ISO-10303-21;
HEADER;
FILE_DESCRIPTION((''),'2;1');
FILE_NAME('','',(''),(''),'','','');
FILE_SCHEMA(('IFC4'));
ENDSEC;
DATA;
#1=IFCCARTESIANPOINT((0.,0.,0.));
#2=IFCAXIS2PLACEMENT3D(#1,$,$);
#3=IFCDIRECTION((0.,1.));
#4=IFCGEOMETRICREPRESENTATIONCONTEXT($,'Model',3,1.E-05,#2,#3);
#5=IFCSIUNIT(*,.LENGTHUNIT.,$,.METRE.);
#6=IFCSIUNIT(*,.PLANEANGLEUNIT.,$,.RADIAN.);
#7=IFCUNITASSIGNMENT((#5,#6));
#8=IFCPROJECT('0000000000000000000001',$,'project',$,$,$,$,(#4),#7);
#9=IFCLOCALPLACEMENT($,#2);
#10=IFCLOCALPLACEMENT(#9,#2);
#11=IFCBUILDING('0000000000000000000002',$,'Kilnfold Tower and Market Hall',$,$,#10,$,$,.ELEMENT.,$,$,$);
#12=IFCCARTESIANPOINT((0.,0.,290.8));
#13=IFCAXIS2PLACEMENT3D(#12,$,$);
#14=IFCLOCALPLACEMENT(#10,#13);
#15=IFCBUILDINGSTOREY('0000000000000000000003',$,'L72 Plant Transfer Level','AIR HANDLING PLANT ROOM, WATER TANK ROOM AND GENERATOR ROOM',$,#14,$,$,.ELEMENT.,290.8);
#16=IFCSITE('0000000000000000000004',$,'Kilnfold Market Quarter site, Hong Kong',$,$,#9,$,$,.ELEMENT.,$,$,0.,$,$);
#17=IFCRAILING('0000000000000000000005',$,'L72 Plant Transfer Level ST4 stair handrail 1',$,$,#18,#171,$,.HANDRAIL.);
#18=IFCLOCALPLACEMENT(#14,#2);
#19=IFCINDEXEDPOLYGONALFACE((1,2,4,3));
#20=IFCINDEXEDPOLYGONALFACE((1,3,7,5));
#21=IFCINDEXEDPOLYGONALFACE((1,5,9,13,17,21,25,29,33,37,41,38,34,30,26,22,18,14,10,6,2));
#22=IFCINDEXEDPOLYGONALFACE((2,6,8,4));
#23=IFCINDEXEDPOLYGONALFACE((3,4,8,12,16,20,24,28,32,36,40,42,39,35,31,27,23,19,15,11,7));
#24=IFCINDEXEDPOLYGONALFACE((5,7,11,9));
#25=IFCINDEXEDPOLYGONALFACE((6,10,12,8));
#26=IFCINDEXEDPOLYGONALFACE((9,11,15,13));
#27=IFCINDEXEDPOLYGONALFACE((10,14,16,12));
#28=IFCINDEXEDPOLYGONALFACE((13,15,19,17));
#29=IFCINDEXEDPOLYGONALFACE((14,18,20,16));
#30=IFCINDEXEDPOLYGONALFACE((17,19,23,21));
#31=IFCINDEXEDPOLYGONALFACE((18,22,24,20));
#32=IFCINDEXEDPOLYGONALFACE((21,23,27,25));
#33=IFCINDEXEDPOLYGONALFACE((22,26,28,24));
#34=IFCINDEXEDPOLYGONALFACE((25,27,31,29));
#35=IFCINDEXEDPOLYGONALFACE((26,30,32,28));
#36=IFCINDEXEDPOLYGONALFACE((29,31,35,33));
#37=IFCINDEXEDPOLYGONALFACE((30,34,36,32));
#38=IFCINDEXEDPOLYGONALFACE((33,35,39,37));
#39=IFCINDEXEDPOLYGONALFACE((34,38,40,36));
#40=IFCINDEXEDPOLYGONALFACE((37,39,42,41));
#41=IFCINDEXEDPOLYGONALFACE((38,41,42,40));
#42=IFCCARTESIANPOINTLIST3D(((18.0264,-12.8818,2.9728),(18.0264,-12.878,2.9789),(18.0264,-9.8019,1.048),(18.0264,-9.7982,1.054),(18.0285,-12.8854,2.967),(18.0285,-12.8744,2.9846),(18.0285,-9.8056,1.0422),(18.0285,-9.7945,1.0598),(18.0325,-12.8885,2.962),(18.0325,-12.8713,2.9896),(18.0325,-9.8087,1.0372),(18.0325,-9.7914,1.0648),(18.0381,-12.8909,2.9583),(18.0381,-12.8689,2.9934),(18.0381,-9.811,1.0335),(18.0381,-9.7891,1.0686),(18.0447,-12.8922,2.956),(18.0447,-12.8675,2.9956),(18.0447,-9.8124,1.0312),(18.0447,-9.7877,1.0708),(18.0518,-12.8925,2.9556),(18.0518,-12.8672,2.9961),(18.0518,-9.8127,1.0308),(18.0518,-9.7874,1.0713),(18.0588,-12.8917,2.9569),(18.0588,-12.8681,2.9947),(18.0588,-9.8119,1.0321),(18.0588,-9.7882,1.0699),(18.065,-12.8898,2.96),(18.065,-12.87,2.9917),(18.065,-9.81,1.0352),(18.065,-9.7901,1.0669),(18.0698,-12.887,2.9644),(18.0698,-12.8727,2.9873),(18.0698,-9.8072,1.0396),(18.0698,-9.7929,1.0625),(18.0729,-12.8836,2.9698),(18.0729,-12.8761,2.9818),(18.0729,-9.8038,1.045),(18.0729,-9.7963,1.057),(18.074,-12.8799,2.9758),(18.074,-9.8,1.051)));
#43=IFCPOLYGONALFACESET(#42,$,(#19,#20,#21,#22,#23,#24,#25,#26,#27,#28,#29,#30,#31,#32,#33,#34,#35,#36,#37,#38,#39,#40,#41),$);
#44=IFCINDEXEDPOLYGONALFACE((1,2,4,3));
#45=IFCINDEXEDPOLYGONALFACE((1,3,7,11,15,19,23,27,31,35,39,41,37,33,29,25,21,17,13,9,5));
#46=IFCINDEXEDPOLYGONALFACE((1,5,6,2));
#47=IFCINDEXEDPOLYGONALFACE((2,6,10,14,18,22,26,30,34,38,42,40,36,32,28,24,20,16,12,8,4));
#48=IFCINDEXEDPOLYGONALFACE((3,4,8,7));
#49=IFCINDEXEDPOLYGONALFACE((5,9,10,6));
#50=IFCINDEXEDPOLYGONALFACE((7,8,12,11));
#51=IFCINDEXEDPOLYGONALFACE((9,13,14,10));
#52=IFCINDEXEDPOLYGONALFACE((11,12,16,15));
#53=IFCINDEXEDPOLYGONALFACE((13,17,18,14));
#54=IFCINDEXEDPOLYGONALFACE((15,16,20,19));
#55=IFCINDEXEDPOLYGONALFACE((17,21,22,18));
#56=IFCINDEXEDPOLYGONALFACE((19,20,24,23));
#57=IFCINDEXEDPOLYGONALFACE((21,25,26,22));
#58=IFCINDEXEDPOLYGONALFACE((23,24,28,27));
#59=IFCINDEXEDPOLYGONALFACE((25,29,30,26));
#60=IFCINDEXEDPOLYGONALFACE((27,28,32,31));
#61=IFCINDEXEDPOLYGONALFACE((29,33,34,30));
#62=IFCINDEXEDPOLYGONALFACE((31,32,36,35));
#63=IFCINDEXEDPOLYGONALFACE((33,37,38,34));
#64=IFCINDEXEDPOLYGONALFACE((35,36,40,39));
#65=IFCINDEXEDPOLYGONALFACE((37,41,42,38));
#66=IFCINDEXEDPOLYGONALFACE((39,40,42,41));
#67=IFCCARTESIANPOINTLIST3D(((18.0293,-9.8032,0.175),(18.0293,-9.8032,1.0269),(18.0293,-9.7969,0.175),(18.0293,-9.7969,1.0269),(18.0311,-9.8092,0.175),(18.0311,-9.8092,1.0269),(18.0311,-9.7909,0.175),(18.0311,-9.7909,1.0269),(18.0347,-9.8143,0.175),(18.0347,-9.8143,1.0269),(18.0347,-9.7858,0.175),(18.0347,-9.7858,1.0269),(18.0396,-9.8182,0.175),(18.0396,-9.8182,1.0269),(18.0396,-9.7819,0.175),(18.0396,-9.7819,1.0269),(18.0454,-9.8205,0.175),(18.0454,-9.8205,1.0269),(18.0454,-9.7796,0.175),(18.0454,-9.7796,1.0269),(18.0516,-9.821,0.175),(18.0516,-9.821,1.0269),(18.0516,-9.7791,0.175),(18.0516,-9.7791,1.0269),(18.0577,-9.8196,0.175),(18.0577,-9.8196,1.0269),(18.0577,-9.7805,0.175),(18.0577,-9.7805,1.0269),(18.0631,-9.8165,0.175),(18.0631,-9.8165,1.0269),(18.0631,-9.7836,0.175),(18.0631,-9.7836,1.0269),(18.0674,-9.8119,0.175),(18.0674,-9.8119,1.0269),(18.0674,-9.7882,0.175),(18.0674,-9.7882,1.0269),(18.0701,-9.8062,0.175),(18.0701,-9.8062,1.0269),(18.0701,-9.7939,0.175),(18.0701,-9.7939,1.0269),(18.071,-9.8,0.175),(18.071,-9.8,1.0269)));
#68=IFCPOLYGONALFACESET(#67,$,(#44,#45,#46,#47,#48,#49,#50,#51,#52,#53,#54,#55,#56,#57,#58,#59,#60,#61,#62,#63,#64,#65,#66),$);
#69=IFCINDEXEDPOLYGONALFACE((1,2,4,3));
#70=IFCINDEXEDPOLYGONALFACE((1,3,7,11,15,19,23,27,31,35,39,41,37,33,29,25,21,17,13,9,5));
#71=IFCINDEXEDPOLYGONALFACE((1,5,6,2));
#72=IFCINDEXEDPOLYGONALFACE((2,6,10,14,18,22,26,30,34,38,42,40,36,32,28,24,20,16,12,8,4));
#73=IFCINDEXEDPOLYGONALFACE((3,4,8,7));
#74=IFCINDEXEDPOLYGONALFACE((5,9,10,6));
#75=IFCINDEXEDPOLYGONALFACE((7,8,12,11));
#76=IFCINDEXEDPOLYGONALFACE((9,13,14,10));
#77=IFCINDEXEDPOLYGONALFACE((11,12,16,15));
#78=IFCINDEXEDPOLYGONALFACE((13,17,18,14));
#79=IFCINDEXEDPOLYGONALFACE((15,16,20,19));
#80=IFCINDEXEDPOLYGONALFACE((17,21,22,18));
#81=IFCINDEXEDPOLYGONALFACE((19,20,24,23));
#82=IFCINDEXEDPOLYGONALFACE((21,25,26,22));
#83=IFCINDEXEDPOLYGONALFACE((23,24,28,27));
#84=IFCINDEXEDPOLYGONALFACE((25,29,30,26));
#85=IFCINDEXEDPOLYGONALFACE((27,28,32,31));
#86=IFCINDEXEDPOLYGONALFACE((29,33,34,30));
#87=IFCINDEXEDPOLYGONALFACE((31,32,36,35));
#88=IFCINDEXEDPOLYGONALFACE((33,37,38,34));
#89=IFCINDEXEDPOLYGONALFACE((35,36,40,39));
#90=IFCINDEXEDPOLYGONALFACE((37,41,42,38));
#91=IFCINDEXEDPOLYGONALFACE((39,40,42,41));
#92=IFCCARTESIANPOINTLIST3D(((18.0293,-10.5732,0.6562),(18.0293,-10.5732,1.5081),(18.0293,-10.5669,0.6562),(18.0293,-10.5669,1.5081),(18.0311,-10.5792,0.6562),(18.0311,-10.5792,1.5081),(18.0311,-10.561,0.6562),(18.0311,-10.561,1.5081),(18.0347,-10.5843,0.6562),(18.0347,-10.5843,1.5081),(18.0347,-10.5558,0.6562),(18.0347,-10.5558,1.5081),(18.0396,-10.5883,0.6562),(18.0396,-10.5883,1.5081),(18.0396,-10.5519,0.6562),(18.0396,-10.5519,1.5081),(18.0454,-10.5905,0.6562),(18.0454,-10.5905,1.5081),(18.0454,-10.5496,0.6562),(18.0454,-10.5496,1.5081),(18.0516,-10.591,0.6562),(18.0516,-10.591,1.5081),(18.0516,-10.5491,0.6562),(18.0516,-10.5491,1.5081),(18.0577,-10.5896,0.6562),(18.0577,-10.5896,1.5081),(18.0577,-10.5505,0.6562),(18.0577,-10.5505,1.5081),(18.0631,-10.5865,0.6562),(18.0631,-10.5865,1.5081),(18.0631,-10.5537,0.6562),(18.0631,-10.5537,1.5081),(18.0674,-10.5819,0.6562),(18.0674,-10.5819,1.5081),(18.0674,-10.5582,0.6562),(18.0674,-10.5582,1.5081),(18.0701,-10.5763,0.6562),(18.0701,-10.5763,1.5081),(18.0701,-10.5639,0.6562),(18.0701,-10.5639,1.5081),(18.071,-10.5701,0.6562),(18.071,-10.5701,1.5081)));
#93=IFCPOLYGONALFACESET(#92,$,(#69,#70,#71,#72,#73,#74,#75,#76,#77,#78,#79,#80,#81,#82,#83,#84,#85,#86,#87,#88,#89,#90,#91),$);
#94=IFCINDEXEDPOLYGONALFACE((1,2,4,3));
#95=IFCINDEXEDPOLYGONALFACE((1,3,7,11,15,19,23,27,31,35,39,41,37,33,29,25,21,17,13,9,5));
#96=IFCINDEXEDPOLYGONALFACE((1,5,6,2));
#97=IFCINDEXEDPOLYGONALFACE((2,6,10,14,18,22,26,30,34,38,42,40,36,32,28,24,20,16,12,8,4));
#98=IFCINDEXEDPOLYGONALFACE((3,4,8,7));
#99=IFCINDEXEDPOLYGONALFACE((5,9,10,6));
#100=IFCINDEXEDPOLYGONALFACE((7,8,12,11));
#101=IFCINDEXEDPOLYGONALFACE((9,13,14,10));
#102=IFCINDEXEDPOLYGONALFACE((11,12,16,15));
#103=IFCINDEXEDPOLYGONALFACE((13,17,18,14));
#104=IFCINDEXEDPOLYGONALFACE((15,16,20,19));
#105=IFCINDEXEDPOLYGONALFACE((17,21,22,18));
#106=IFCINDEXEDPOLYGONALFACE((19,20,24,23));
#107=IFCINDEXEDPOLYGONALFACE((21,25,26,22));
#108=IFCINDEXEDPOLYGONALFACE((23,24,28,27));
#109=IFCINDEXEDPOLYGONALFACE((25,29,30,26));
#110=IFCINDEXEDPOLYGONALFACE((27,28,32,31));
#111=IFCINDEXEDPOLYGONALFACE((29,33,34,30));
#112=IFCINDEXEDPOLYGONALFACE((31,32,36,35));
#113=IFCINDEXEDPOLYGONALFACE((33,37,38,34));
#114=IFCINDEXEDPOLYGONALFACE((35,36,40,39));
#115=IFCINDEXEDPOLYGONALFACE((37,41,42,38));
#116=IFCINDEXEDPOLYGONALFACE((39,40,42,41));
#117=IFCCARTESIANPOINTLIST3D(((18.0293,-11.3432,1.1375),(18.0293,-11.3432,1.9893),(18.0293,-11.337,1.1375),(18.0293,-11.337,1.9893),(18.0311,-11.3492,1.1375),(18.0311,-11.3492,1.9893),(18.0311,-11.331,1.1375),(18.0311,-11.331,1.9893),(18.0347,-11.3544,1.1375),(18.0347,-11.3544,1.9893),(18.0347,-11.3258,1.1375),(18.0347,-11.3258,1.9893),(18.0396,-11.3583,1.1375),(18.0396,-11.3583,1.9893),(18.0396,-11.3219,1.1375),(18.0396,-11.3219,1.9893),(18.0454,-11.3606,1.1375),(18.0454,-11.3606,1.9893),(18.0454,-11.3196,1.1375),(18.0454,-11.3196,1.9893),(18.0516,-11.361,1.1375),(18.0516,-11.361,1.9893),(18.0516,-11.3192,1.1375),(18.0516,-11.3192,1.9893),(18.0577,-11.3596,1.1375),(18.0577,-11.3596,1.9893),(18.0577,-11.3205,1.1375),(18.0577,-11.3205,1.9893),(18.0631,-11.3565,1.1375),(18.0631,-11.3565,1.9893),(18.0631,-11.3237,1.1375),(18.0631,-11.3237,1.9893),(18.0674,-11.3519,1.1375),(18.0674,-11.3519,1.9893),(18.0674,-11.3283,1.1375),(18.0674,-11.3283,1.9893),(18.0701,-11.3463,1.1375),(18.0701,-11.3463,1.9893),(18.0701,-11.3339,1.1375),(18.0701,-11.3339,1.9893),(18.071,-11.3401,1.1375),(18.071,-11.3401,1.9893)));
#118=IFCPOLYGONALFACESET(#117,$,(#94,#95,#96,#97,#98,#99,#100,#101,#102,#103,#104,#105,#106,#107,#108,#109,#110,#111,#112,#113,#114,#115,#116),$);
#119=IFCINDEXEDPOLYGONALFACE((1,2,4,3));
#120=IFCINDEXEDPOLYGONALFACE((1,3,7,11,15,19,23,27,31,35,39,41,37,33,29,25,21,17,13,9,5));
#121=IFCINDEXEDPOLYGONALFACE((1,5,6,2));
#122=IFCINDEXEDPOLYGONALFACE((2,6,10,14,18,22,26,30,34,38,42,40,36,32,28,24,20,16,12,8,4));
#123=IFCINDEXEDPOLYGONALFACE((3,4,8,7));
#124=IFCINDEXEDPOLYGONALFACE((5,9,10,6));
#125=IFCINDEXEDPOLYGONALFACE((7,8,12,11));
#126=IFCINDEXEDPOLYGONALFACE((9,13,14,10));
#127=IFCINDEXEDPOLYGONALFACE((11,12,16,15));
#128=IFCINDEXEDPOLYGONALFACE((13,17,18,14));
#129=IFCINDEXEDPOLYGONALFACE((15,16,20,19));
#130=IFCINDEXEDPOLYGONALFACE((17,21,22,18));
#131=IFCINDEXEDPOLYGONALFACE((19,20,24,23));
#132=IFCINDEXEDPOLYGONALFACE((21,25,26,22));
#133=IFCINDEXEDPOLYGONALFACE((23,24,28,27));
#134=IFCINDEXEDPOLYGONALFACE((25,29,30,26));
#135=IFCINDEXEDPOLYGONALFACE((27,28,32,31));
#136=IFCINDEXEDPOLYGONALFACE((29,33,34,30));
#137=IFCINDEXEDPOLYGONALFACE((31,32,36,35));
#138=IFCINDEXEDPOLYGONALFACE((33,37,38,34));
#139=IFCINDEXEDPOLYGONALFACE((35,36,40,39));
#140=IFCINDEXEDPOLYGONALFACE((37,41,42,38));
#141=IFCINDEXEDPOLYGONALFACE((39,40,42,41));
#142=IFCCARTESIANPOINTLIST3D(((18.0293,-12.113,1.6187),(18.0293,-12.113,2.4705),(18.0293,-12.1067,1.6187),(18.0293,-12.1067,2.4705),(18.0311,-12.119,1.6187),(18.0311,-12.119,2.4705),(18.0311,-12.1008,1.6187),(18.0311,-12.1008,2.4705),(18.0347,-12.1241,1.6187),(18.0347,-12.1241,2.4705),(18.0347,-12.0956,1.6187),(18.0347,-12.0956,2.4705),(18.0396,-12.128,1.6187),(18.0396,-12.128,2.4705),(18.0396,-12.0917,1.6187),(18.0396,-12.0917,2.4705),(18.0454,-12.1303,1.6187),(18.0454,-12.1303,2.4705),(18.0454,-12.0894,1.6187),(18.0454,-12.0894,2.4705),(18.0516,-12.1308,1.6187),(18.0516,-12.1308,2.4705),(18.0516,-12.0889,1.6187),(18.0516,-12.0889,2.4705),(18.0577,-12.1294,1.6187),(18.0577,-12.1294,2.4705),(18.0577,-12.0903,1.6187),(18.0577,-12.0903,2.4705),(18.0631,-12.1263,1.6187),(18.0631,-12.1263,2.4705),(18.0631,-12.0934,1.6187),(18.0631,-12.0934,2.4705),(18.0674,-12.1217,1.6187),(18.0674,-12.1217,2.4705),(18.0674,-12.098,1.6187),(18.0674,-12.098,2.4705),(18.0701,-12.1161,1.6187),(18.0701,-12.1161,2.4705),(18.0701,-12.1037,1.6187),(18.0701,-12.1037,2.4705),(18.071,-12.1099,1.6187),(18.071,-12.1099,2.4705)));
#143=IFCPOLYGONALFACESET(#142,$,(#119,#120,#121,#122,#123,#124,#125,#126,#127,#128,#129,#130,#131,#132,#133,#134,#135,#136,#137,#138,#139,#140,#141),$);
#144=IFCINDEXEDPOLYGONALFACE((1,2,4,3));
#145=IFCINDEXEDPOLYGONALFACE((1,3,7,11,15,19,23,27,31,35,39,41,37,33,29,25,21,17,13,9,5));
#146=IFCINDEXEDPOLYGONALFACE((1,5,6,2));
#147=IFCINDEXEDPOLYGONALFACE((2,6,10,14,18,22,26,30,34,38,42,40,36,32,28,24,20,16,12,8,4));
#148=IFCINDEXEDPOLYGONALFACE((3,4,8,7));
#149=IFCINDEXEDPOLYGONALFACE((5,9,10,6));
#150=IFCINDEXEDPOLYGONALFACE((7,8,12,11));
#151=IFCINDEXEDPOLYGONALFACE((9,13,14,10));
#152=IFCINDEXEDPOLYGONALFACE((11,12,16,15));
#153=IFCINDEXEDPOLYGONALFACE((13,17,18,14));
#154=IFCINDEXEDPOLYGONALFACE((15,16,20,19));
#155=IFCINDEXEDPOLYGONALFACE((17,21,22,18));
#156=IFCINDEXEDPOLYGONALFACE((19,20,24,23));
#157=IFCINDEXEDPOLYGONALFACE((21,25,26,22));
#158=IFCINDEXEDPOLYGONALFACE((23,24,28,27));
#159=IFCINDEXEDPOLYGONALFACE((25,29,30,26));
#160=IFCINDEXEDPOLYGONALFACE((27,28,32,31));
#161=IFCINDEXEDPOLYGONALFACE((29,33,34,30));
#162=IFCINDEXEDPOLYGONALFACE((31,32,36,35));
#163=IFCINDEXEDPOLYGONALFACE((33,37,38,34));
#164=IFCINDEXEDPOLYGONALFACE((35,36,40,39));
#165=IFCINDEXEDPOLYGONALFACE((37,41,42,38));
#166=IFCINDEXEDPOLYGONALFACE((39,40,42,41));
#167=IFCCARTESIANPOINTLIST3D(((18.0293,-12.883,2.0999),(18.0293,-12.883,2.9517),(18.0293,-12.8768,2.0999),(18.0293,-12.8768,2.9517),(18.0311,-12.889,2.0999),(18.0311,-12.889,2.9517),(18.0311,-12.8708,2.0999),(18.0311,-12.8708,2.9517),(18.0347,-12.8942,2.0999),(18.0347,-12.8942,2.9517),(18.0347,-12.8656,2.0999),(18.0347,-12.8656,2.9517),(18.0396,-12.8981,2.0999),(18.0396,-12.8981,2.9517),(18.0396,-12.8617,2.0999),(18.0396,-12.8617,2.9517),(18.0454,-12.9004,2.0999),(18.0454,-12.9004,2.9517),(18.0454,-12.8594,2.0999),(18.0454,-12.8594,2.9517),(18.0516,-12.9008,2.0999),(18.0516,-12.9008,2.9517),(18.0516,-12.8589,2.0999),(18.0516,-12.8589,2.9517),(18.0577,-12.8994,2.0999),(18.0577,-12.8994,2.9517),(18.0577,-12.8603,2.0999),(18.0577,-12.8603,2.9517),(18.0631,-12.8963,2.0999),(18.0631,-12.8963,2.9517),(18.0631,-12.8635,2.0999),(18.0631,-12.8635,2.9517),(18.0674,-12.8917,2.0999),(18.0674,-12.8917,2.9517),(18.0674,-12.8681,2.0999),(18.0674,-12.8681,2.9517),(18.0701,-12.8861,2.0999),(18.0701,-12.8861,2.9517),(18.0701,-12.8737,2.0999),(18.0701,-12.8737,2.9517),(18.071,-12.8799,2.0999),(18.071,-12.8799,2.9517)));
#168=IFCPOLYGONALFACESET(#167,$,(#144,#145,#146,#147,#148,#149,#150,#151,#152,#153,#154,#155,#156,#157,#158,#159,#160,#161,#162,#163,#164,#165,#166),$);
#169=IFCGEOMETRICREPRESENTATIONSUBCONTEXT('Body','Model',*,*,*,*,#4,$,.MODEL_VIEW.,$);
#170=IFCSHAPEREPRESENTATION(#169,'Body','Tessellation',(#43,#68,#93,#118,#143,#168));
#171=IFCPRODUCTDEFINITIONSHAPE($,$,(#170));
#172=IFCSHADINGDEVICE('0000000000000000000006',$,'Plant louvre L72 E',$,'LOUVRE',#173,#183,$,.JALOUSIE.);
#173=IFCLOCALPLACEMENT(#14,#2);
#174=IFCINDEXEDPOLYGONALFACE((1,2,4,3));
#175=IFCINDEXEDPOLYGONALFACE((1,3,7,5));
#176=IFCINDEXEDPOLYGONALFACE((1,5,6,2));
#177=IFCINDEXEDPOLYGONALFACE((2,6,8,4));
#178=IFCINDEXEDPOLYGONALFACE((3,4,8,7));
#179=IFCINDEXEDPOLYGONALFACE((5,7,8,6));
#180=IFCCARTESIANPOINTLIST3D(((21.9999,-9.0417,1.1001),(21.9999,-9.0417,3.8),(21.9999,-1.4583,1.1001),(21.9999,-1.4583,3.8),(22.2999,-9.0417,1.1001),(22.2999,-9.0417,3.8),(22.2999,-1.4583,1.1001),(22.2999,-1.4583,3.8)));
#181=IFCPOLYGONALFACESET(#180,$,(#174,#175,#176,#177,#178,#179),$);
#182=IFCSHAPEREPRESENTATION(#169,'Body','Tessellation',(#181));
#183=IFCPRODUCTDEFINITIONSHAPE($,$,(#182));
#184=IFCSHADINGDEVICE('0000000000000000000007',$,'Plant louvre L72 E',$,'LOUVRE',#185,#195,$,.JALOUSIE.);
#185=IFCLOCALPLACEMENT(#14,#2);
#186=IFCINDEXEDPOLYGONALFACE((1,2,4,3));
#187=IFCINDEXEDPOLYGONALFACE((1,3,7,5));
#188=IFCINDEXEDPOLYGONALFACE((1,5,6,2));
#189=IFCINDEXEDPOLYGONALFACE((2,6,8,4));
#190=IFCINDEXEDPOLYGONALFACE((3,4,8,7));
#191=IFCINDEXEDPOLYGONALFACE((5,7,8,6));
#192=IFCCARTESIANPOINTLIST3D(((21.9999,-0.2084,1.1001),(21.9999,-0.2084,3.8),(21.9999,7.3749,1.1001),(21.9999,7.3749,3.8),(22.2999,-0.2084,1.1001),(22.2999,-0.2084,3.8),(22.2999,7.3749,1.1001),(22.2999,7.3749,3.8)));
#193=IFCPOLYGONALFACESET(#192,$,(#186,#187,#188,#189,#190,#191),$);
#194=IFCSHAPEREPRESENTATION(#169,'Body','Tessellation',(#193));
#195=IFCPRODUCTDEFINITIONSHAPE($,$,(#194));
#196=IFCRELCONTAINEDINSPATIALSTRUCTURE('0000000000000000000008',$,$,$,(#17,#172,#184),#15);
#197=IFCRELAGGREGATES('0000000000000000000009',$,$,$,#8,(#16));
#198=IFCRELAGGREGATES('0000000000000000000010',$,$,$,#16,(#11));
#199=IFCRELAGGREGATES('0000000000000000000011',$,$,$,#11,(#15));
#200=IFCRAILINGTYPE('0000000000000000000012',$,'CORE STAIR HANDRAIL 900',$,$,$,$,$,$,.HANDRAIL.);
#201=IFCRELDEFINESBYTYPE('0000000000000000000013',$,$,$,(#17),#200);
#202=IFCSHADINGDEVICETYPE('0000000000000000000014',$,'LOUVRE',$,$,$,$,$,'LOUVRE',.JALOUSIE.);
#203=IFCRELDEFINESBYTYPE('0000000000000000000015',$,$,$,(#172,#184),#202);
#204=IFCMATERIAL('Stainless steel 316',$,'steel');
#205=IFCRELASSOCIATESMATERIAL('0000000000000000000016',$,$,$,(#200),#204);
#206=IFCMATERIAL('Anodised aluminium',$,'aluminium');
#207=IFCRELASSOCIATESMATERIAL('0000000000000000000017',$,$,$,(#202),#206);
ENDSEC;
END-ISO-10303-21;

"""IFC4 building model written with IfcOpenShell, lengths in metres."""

from ifc_helpers import new_model, si_unit, direction, frame, origin, origin_2d, place, context, subcontext, project, spatial, rectangle, circle, extrude, source, transform, mapped, material, type_object, element, save


model = new_model("IFC4")

# Units and contexts
model_context = context("Model", 3, precision=1e-05, world=origin(), true_north=direction((0.0, 1.0)))
body_context = subcontext(model_context, "Body", "Model", "MODEL_VIEW")
ifc_project = project(units=[si_unit("LENGTHUNIT", "METRE"), si_unit("PLANEANGLEUNIT", "RADIAN")], contexts=[model_context])

# Site, building, storey
site_placement = place(None, origin())
site = spatial("IfcSite", under=ifc_project, at=site_placement, Name="Kilnfold Market Quarter site, Hong Kong", CompositionType="ELEMENT", RefElevation=0.0)
building_placement = place(site_placement, origin())
building = spatial("IfcBuilding", under=site, at=building_placement, Name="Kilnfold Tower and Market Hall", CompositionType="ELEMENT")
storey_placement = place(building_placement, frame((0.0, 0.0, 290.8)))
storey = spatial("IfcBuildingStorey", under=building, at=storey_placement, Name="L72 Plant Transfer Level", Description="AIR HANDLING PLANT ROOM, WATER TANK ROOM AND GENERATOR ROOM", CompositionType="ELEMENT", Elevation=290.8)

# Railing
ifc_material_1 = material(Name="Stainless steel 316", Category="steel")
railing_type_1 = type_object("IfcRailingType", Name="CORE STAIR HANDRAIL 900", PredefinedType="HANDRAIL", material=ifc_material_1)
railing_1_placement = place(storey_placement, frame((18.05, -9.8, 0.175)))
element("IfcRailing", 1, at=railing_1_placement, inside=storey, type_object=railing_type_1, Name="L72 Plant Transfer Level ST4 stair handrail 1", PredefinedType="HANDRAIL", context=body_context, shape_type="SweptSolid", body=[
    extrude(circle(Radius=0.0239, at=origin_2d()), frame((0.0, 0.0, 0.876), z_axis=(0.0, -0.84801, 0.529981), x_axis=(1.0, 0.0, 0.0)), (0.0, 0.0, 1.0), 3.6318),
    extrude(circle(Radius=0.021, at=origin_2d()), origin(), (0.0, 0.0, 1.0), 0.8518),
    extrude(circle(Radius=0.021, at=origin_2d()), frame((0.0, -0.77, 0.4812)), (0.0, 0.0, 1.0), 0.8518),
    extrude(circle(Radius=0.021, at=origin_2d()), frame((0.0, -1.54, 0.9624)), (0.0, 0.0, 1.0), 0.8518),
    extrude(circle(Radius=0.021, at=origin_2d()), frame((0.0, -2.3098, 1.4436)), (0.0, 0.0, 1.0), 0.8518),
    extrude(circle(Radius=0.021, at=origin_2d()), frame((0.0, -3.0798, 1.9248)), (0.0, 0.0, 1.0), 0.8518),
])

# Shading devices
ifc_material_2 = material(Name="Anodised aluminium", Category="aluminium")
shading_device_type = type_object("IfcShadingDeviceType", Name="LOUVRE", ElementType="LOUVRE", PredefinedType="JALOUSIE", material=ifc_material_2)
shared_shape_1 = source(origin(), body_context, "Body", "SweptSolid", [
    extrude(rectangle(XDim=7.5835, YDim=0.3, at=origin_2d()), origin(), (0.0, 0.0, 1.0), 2.7),
])
shading_device_1_placement = place(storey_placement, frame((22.1499, -5.25, 1.1001), z_axis=(0.0, 0.0, 1.0), x_axis=(0.0, 1.0, 0.0)))
element("IfcShadingDevice", 2, at=shading_device_1_placement, inside=storey, type_object=shading_device_type, Name="Plant louvre L72 E", ObjectType="LOUVRE", PredefinedType="JALOUSIE", context=body_context, shape_type="MappedRepresentation", body=[
    mapped(shared_shape_1, transform((0.0, 0.0, 0.0))),
])
shared_shape_2 = source(origin(), body_context, "Body", "SweptSolid", [
    extrude(rectangle(XDim=7.5833, YDim=0.3, at=origin_2d()), origin(), (0.0, 0.0, 1.0), 2.7),
])
shading_device_2_placement = place(storey_placement, frame((22.1499, 3.5833, 1.1001), z_axis=(0.0, 0.0, 1.0), x_axis=(0.0, 1.0, 0.0)))
element("IfcShadingDevice", 3, at=shading_device_2_placement, inside=storey, type_object=shading_device_type, Name="Plant louvre L72 E", ObjectType="LOUVRE", PredefinedType="JALOUSIE", context=body_context, shape_type="MappedRepresentation", body=[
    mapped(shared_shape_2, transform((0.0, 0.0, 0.0))),
])

save(model, "model.ifc")
